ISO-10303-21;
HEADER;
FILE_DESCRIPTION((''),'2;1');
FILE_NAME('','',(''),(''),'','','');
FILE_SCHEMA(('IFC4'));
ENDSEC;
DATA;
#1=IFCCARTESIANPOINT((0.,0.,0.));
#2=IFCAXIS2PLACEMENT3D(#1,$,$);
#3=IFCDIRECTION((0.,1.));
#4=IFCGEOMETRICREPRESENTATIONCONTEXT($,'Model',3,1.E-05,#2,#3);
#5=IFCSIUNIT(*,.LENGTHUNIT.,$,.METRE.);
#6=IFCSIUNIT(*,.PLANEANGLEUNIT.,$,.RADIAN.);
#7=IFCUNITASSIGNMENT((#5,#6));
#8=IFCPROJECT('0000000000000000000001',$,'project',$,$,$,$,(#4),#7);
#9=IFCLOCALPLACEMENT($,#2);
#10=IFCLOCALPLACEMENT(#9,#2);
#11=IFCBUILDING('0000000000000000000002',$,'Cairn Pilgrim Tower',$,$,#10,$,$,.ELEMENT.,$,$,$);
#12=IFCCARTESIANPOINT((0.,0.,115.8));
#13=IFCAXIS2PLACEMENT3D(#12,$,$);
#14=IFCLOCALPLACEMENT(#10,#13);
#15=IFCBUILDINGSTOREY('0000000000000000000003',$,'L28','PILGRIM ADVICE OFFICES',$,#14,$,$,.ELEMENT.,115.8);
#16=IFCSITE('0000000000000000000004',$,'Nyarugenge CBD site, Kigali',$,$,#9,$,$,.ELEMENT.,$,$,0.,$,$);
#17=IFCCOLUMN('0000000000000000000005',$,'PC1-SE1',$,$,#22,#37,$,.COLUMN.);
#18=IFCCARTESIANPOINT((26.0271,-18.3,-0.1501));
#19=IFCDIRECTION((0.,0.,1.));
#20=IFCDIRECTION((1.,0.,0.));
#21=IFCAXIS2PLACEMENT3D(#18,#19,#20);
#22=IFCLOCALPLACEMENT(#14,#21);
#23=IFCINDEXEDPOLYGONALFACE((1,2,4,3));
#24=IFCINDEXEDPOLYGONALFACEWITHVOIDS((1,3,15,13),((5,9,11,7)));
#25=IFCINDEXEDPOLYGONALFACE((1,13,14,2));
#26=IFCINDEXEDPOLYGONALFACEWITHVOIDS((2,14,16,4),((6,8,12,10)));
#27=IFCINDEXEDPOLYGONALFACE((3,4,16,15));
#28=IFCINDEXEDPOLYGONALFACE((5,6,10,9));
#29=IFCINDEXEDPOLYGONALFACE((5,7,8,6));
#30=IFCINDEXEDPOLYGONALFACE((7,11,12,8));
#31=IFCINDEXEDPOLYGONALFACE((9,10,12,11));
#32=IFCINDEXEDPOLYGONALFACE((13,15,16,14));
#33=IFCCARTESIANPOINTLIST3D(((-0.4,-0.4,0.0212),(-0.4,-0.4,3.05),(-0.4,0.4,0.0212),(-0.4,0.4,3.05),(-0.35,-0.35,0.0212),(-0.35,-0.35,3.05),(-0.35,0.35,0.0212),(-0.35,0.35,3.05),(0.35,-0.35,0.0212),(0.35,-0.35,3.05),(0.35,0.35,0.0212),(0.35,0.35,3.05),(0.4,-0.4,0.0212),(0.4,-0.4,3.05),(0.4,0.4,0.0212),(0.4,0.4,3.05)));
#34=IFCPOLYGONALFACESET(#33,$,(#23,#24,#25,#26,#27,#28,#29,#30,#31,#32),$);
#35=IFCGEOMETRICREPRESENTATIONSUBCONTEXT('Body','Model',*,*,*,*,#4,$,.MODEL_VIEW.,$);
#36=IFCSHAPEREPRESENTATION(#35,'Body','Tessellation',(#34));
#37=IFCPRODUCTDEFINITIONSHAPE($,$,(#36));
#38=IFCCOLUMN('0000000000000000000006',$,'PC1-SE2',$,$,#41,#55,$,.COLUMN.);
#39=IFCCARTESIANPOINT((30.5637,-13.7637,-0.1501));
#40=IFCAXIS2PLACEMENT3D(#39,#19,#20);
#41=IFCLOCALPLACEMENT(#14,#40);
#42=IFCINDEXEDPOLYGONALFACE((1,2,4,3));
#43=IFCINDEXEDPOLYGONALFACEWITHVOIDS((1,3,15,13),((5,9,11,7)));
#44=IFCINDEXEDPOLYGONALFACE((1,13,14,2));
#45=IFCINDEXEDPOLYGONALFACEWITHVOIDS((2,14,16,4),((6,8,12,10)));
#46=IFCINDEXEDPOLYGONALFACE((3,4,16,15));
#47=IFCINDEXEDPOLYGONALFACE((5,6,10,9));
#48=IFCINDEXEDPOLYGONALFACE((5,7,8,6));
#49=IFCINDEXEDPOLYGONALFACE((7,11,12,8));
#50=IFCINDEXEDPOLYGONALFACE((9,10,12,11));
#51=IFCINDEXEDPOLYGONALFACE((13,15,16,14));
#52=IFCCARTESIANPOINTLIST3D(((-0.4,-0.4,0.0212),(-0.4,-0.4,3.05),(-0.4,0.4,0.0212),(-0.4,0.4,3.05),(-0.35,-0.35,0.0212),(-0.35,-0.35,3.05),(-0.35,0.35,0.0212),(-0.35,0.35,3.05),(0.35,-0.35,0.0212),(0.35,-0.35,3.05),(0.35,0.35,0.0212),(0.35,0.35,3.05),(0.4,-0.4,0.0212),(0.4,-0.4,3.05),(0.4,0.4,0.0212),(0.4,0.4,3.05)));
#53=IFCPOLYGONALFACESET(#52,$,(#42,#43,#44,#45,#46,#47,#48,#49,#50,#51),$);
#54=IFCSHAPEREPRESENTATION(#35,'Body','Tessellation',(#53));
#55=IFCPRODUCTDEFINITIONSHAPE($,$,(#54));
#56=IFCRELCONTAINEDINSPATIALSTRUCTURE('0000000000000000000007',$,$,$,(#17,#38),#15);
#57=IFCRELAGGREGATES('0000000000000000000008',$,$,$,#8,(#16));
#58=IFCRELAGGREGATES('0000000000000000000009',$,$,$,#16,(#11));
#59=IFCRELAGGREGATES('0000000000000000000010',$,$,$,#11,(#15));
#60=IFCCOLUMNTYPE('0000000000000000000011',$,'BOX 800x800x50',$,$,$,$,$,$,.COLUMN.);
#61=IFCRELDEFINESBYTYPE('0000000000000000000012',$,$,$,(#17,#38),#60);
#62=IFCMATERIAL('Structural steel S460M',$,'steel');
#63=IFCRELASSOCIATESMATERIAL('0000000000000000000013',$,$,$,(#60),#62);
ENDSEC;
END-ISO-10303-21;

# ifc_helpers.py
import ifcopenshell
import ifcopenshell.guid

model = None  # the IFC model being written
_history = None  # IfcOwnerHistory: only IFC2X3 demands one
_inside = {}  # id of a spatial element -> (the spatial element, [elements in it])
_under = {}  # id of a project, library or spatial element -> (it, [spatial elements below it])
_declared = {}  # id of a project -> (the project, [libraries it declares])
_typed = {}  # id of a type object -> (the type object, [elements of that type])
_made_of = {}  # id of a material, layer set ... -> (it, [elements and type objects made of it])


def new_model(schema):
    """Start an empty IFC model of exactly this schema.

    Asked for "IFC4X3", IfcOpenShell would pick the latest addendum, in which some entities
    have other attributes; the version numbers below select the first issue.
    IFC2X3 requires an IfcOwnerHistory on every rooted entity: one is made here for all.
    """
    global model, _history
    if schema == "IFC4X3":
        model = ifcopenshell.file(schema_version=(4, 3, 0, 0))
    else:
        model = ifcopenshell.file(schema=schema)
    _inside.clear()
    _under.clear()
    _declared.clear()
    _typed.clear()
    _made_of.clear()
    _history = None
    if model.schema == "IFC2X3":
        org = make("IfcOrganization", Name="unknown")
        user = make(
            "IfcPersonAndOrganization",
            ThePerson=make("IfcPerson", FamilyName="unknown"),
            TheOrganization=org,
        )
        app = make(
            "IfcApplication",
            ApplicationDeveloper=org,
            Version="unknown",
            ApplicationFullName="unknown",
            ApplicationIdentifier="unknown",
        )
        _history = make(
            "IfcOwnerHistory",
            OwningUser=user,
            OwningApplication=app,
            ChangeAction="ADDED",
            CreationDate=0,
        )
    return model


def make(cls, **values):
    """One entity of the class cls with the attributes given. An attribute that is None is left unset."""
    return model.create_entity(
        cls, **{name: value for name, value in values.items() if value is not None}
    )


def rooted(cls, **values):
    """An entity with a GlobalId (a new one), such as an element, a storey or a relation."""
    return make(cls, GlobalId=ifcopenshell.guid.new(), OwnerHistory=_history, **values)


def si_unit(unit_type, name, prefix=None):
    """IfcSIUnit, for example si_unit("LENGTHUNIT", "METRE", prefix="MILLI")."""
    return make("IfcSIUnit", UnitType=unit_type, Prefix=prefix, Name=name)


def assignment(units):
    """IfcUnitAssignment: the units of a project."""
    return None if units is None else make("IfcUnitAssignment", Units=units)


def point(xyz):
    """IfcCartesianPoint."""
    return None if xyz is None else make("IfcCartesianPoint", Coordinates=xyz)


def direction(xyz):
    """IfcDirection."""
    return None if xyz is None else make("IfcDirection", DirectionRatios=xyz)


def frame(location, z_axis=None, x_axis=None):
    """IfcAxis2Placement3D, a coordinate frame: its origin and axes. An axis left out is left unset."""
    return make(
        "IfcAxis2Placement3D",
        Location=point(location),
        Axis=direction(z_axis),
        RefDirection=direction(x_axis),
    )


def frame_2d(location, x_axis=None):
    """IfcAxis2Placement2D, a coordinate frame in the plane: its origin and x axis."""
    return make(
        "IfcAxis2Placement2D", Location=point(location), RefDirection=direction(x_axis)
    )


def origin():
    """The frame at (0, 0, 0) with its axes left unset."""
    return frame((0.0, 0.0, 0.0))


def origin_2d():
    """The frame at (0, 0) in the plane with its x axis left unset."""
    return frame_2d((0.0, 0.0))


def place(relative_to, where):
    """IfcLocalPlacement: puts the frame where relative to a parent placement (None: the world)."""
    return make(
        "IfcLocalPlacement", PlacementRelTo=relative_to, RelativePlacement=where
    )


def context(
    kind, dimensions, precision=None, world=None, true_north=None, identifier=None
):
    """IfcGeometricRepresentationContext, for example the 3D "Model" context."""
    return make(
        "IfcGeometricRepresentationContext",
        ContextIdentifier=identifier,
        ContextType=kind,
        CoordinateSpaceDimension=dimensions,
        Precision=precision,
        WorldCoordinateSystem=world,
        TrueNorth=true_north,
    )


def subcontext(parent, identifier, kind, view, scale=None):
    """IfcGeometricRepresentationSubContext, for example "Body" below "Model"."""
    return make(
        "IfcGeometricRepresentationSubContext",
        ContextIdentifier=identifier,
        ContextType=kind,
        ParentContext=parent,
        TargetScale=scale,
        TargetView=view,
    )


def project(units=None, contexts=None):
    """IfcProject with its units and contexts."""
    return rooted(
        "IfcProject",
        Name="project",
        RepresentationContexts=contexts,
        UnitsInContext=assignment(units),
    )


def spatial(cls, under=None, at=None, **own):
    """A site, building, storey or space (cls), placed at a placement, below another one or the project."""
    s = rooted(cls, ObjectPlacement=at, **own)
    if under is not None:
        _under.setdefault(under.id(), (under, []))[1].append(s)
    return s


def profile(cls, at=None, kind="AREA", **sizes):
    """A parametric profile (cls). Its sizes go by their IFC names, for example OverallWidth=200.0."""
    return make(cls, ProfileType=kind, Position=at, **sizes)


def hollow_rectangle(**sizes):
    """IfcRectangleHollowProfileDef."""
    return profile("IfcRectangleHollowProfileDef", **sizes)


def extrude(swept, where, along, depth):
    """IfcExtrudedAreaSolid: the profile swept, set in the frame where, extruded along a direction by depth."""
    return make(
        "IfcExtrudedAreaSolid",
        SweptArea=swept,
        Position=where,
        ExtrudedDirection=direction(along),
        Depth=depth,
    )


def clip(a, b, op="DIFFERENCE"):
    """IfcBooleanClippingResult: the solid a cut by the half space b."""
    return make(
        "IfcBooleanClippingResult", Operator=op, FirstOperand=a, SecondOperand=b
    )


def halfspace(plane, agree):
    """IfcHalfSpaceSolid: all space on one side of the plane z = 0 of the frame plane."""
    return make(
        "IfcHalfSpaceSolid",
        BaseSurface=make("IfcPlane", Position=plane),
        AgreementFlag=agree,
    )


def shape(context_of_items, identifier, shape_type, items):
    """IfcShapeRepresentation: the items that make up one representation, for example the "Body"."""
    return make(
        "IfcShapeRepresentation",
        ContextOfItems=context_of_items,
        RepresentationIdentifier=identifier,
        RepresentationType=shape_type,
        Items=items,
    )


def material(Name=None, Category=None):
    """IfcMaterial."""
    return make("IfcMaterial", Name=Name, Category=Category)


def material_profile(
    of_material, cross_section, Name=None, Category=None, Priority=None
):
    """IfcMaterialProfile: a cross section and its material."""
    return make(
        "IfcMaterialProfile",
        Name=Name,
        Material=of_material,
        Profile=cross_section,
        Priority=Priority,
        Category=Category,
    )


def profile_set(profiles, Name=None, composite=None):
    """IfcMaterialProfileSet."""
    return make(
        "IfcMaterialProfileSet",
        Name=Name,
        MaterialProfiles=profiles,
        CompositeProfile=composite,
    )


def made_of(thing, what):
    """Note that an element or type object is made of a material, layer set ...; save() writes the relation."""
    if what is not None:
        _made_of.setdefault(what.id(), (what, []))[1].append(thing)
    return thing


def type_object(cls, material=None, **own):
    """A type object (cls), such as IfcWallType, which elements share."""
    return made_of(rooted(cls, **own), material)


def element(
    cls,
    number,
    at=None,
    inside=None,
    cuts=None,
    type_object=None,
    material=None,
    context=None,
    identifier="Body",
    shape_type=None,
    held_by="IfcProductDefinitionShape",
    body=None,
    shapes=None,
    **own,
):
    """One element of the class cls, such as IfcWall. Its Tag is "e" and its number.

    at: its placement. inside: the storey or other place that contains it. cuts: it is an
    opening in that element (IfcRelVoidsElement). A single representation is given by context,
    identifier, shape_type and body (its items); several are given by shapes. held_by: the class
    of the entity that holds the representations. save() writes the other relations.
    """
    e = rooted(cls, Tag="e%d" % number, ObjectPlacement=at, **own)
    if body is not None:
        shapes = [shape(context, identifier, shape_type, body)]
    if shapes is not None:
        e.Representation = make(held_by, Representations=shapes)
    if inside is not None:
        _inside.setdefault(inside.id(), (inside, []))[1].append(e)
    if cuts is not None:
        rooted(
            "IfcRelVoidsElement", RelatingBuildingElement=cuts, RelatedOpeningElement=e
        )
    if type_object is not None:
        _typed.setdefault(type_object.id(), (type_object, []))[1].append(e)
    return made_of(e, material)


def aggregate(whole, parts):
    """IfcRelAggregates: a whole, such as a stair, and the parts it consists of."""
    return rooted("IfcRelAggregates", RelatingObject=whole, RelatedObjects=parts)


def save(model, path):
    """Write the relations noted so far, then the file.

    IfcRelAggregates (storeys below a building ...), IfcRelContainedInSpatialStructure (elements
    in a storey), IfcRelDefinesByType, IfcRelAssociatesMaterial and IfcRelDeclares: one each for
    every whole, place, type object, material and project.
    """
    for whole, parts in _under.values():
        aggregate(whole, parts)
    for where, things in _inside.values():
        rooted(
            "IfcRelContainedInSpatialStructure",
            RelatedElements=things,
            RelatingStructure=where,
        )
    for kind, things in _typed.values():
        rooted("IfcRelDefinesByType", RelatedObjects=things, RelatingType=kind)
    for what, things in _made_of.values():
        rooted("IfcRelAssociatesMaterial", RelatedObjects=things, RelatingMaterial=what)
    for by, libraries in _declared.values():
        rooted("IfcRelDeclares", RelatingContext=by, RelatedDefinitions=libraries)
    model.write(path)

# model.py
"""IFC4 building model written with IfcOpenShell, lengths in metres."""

from ifc_helpers import new_model, si_unit, direction, frame, origin, origin_2d, place, context, subcontext, project, spatial, hollow_rectangle, extrude, clip, halfspace, material, material_profile, profile_set, type_object, element, save


model = new_model("IFC4")

# Units and contexts
model_context = context("Model", 3, precision=1e-05, world=origin(), true_north=direction((0.0, 1.0)))
body_context = subcontext(model_context, "Body", "Model", "MODEL_VIEW")
ifc_project = project(units=[si_unit("LENGTHUNIT", "METRE"), si_unit("PLANEANGLEUNIT", "RADIAN")], contexts=[model_context])

# Site, building, storey
site_placement = place(None, origin())
site = spatial("IfcSite", under=ifc_project, at=site_placement, Name="Nyarugenge CBD site, Kigali", CompositionType="ELEMENT", RefElevation=0.0)
building_placement = place(site_placement, origin())
building = spatial("IfcBuilding", under=site, at=building_placement, Name="Cairn Pilgrim Tower", CompositionType="ELEMENT")
storey_placement = place(building_placement, frame((0.0, 0.0, 115.8)))
storey = spatial("IfcBuildingStorey", under=building, at=storey_placement, Name="L28", Description="PILGRIM ADVICE OFFICES", CompositionType="ELEMENT", Elevation=115.8)

# Columns
ifc_material_1 = material(Name="Structural steel S460M", Category="steel")
ifc_material_profile_1 = material_profile(ifc_material_1, hollow_rectangle(XDim=0.8, YDim=0.8, WallThickness=0.05, at=origin_2d()), Name="BOX 800x800x50")
ifc_profile_set_1 = profile_set([ifc_material_profile_1], Name="Structural steel S460M")
column_type = type_object("IfcColumnType", Name="BOX 800x800x50", PredefinedType="COLUMN", material=ifc_profile_set_1)
for number, where, z_axis, x_axis, name in (
    (1, (26.0271, -18.3, -0.1501), (0.0, 0.0, 1.0), (1.0, 0.0, 0.0), "PC1-SE1"),
    (2, (30.5637, -13.7637, -0.1501), (0.0, 0.0, 1.0), (1.0, 0.0, 0.0), "PC1-SE2"),
):
    element("IfcColumn", number, at=place(storey_placement, frame(where, z_axis=z_axis, x_axis=x_axis)), inside=storey, type_object=column_type, Name=name, PredefinedType="COLUMN", context=body_context, shape_type="Clipping", body=[
        clip(clip(extrude(hollow_rectangle(XDim=0.8, YDim=0.8, WallThickness=0.05, at=origin_2d()), origin(), (0.0, 0.0, 1.0), 3.5), halfspace(frame((0.0, 0.0, 0.0212), z_axis=(0.0, 0.0, 1.0), x_axis=(1.0, 0.0, 0.0)), True)), halfspace(frame((0.0, 0.0, 3.05), z_axis=(0.0, 0.0, 1.0), x_axis=(1.0, 0.0, 0.0)), False)),
    ])

save(model, "model.ifc")
